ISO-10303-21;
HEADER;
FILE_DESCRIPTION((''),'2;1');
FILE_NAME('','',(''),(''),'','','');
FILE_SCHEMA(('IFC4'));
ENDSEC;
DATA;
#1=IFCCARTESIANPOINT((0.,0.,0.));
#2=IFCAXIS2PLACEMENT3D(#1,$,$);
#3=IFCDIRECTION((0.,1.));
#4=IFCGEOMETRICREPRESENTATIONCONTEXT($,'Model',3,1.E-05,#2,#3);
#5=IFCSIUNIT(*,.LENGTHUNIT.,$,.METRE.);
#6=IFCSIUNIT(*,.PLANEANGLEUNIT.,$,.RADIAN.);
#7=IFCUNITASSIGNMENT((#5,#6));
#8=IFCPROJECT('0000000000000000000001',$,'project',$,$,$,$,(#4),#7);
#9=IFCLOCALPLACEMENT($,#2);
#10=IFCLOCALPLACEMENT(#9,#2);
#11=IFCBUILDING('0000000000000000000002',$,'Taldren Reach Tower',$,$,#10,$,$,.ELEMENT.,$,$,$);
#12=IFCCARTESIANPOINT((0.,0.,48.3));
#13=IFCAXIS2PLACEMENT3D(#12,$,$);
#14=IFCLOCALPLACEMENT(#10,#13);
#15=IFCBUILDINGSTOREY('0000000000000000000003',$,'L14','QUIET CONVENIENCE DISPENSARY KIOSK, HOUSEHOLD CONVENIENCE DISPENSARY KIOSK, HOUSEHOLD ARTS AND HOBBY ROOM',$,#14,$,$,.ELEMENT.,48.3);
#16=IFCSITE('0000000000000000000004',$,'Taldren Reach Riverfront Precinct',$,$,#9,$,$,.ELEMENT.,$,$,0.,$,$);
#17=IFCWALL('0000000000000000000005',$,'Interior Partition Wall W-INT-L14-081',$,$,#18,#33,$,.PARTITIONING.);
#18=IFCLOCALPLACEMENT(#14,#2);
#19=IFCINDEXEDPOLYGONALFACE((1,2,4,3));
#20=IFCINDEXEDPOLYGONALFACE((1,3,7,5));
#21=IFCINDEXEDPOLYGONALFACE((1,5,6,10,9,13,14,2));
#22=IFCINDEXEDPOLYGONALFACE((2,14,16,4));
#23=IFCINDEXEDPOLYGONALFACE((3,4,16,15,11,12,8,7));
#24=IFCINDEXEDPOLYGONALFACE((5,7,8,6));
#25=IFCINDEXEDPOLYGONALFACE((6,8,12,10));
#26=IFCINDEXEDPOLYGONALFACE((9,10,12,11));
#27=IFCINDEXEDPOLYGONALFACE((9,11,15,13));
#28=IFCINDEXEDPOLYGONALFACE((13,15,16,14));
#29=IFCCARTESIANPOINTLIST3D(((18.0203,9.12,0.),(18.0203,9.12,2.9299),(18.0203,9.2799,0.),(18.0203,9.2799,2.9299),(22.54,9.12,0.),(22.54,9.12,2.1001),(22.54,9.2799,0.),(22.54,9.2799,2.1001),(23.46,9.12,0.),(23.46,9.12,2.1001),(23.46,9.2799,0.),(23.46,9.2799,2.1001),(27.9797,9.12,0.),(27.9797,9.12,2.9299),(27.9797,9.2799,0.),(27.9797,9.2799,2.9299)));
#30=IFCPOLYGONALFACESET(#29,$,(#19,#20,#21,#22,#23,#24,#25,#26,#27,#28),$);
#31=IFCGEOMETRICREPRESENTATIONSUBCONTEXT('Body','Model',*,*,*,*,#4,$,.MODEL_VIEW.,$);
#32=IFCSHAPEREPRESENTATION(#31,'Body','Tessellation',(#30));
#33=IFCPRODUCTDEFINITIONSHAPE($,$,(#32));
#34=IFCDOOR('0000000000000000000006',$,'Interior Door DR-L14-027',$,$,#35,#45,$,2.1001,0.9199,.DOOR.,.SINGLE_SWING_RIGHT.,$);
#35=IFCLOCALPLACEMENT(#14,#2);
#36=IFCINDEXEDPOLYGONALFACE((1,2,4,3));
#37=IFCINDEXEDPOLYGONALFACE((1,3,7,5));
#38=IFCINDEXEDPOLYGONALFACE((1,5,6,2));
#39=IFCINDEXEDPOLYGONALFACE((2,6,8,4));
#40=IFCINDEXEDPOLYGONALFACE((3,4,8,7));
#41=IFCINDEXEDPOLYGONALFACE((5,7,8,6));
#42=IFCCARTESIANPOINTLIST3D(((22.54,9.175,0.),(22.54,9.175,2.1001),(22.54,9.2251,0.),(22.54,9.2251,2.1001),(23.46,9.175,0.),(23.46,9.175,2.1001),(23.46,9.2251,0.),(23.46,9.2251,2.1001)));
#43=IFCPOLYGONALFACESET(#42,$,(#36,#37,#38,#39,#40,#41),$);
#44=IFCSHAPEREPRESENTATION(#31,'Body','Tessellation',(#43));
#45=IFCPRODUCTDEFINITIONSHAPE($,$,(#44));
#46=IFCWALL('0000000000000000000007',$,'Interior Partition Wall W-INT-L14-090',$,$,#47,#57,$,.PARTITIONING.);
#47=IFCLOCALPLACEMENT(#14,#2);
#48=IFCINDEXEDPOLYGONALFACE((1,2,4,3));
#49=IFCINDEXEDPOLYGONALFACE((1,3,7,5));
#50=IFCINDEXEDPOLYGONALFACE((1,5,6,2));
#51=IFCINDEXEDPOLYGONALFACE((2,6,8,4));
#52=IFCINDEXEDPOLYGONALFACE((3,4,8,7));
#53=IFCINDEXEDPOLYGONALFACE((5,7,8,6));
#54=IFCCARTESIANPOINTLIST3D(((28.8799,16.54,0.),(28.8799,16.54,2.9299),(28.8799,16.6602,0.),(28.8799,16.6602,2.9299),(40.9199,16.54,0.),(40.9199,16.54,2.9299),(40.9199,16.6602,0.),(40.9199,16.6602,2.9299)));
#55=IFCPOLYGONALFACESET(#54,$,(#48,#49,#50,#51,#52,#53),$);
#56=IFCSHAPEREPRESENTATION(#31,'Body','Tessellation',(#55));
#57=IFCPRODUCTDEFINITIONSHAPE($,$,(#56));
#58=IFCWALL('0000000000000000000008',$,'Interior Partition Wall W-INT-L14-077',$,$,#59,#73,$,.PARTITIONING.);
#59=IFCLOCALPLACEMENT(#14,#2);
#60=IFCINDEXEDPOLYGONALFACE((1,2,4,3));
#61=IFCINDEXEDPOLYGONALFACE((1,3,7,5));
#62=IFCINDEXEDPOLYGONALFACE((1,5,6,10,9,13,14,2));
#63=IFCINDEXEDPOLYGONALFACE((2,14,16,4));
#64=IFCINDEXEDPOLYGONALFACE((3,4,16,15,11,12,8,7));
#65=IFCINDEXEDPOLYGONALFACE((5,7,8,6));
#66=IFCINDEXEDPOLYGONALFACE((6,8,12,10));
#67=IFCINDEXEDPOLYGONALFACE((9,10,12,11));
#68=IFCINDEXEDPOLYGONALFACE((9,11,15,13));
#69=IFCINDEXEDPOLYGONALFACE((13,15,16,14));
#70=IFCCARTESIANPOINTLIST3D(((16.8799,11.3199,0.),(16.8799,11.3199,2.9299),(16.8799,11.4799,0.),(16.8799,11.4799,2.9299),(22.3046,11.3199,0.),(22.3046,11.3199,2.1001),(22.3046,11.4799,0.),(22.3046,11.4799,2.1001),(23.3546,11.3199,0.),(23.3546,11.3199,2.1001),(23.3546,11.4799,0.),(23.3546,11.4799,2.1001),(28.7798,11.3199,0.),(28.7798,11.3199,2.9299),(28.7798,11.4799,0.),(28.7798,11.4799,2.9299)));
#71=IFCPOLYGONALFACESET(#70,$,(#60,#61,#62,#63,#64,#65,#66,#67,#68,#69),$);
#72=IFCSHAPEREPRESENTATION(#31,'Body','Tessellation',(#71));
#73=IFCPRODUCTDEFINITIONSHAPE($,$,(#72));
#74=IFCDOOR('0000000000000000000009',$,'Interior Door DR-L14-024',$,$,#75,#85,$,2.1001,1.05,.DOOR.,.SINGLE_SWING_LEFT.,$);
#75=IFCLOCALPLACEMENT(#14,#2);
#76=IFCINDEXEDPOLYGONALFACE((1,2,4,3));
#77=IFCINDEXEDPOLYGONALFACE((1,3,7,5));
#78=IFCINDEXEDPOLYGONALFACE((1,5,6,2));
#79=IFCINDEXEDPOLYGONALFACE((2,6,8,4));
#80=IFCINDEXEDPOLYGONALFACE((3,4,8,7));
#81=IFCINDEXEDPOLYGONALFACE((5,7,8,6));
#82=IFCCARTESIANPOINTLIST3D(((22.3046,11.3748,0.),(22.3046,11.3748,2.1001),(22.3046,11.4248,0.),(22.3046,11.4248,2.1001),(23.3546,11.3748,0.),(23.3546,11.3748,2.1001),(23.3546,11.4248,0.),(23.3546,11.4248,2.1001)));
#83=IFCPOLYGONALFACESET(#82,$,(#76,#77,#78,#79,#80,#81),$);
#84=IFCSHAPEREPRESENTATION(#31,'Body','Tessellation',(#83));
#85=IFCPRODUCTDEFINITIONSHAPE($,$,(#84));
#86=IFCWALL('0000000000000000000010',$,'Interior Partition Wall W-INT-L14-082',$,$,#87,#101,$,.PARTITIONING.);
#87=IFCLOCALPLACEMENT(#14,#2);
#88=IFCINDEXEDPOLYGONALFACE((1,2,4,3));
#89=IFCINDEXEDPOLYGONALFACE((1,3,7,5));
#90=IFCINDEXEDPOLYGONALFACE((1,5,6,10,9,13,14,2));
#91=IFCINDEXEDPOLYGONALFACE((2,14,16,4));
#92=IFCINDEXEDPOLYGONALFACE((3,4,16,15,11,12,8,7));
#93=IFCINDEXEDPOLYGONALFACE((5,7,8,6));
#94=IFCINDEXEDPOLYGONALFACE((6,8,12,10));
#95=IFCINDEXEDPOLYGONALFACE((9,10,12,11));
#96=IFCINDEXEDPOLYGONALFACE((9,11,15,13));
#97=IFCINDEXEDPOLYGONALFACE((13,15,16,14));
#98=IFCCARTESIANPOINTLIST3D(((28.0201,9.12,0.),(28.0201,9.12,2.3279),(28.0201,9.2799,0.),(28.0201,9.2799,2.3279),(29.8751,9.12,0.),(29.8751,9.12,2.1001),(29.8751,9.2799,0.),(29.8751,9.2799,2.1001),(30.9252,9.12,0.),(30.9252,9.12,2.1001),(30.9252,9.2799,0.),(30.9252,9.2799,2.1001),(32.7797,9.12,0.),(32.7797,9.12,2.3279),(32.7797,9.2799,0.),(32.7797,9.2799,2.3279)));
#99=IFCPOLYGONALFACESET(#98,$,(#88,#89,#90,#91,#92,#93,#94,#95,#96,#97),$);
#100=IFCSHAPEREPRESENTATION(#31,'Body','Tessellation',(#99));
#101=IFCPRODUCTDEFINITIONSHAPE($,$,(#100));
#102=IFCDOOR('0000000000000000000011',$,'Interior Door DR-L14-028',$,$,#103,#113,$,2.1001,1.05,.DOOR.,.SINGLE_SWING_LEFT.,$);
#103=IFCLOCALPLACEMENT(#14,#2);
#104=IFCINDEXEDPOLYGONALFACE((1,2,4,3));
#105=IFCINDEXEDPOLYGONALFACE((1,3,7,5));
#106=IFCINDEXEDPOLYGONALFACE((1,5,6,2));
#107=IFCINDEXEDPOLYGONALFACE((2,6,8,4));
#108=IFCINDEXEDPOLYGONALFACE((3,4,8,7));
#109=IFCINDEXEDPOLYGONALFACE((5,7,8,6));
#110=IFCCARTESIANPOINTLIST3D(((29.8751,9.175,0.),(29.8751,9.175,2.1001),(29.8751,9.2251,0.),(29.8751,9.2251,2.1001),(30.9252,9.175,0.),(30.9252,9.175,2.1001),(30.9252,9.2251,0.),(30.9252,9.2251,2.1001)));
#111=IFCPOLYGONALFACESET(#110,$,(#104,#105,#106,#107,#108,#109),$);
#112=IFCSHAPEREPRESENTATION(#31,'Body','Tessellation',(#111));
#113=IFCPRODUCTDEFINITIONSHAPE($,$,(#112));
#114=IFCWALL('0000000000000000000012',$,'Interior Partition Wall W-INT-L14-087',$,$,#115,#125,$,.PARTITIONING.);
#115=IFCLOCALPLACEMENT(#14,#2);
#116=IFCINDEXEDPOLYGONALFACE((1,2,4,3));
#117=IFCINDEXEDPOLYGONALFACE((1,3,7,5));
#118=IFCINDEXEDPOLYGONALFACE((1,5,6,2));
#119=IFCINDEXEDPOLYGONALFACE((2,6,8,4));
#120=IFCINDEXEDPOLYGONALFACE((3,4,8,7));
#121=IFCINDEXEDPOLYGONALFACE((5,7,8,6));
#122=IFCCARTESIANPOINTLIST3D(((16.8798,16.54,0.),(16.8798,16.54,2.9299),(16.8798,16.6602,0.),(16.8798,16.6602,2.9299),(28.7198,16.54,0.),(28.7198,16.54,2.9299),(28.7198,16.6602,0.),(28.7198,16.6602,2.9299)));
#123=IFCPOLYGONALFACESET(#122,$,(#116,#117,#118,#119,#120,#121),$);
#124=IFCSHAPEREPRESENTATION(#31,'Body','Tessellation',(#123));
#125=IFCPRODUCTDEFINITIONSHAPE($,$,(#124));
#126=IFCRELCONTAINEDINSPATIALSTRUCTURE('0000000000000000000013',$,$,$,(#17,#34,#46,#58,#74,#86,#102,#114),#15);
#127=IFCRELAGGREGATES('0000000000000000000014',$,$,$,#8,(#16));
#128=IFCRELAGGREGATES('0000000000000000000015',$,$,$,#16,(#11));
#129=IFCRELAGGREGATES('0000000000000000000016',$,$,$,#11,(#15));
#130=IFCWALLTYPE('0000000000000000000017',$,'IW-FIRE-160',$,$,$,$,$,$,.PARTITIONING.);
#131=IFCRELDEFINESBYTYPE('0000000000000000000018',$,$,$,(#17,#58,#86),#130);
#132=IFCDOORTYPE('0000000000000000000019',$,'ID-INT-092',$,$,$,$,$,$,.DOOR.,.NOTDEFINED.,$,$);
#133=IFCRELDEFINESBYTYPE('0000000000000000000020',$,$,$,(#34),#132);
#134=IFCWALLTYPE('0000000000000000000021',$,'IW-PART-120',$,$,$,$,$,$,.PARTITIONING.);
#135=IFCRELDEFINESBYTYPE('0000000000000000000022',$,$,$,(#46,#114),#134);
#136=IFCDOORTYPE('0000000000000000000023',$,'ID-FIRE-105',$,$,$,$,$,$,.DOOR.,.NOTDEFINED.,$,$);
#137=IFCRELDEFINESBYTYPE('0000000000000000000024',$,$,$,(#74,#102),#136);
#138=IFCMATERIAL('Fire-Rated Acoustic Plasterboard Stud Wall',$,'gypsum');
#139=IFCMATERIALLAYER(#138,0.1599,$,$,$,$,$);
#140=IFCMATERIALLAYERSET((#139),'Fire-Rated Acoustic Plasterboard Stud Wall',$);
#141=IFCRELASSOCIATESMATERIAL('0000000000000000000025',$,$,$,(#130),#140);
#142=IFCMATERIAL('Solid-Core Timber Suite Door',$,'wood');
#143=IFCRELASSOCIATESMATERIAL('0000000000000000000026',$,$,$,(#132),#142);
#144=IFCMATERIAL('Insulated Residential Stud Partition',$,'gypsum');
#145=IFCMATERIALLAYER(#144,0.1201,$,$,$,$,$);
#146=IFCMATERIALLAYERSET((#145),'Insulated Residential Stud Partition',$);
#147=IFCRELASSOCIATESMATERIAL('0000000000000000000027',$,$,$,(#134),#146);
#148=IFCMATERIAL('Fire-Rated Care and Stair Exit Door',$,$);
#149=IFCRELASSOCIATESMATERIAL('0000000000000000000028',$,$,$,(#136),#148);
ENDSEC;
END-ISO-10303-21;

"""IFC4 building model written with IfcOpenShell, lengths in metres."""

from ifc_helpers import new_model, si_unit, direction, frame, frame_2d, origin, place, context, subcontext, project, spatial, rectangle, extrude, source, transform, mapped, material, layer, layer_set, type_object, element, fill, save


model = new_model("IFC4")

# Units and contexts
model_context = context("Model", 3, precision=1e-05, world=origin(), true_north=direction((0.0, 1.0)))
body_context = subcontext(model_context, "Body", "Model", "MODEL_VIEW")
ifc_project = project(units=[si_unit("LENGTHUNIT", "METRE"), si_unit("PLANEANGLEUNIT", "RADIAN")], contexts=[model_context])

# Site, building, storey
site_placement = place(None, origin())
site = spatial("IfcSite", under=ifc_project, at=site_placement, Name="Taldren Reach Riverfront Precinct", CompositionType="ELEMENT", RefElevation=0.0)
building_placement = place(site_placement, origin())
building = spatial("IfcBuilding", under=site, at=building_placement, Name="Taldren Reach Tower", CompositionType="ELEMENT")
storey_placement = place(building_placement, frame((0.0, 0.0, 48.3)))
storey = spatial("IfcBuildingStorey", under=building, at=storey_placement, Name="L14", Description="QUIET CONVENIENCE DISPENSARY KIOSK, HOUSEHOLD CONVENIENCE DISPENSARY KIOSK, HOUSEHOLD ARTS AND HOBBY ROOM", CompositionType="ELEMENT", Elevation=48.3)

# Shared definitions
ifc_material_1 = material(Name="Fire-Rated Acoustic Plasterboard Stud Wall", Category="gypsum")
ifc_layer_1 = layer(ifc_material_1, 0.1599)
ifc_layer_set_1 = layer_set([ifc_layer_1], Name="Fire-Rated Acoustic Plasterboard Stud Wall")
wall_type_1 = type_object("IfcWallType", Name="IW-FIRE-160", PredefinedType="PARTITIONING", material=ifc_layer_set_1)
shared_shape_1 = source(origin(), body_context, "Body", "SweptSolid", [
    extrude(rectangle(XDim=0.9199, YDim=2.1001, at=frame_2d((0.46, 1.05))), frame((0.0, 0.0898, 0.0), z_axis=(0.0, -1.0, 0.0), x_axis=(1.0, 0.0, 0.0)), (0.0, 0.0, 1.0), 0.1799),
])
ifc_material_2 = material(Name="Solid-Core Timber Suite Door", Category="wood")
door_type_1 = type_object("IfcDoorType", Name="ID-INT-092", OperationType="NOTDEFINED", PredefinedType="DOOR", material=ifc_material_2)
shared_shape_2 = source(origin(), body_context, "Body", "SweptSolid", [
    extrude(rectangle(XDim=0.9199, YDim=2.1001, at=frame_2d((0.46, 1.05))), frame((0.0, 0.0249, 0.0), z_axis=(0.0, -1.0, 0.0), x_axis=(1.0, 0.0, 0.0)), (0.0, 0.0, 1.0), 0.05),
])

# Shared definitions
ifc_material_3 = material(Name="Insulated Residential Stud Partition", Category="gypsum")
ifc_layer_2 = layer(ifc_material_3, 0.1201)
ifc_layer_set_2 = layer_set([ifc_layer_2], Name="Insulated Residential Stud Partition")
wall_type_2 = type_object("IfcWallType", Name="IW-PART-120", PredefinedType="PARTITIONING", material=ifc_layer_set_2)

# Wall, opening, door
shared_shape_3 = source(origin(), body_context, "Body", "SweptSolid", [
    extrude(rectangle(XDim=1.05, YDim=2.1001, at=frame_2d((0.5249, 1.05))), frame((0.0, 0.0898, 0.0), z_axis=(0.0, -1.0, 0.0), x_axis=(1.0, 0.0, 0.0)), (0.0, 0.0, 1.0), 0.1799),
])
ifc_material_4 = material(Name="Fire-Rated Care and Stair Exit Door")
door_type_2 = type_object("IfcDoorType", Name="ID-FIRE-105", OperationType="NOTDEFINED", PredefinedType="DOOR", material=ifc_material_4)
shared_shape_4 = source(origin(), body_context, "Body", "SweptSolid", [
    extrude(rectangle(XDim=1.05, YDim=2.1001, at=frame_2d((0.5249, 1.05))), frame((0.0, 0.0249, 0.0), z_axis=(0.0, -1.0, 0.0), x_axis=(1.0, 0.0, 0.0)), (0.0, 0.0, 1.0), 0.05),
])
shared_shape_5 = source(origin(), body_context, "Body", "SweptSolid", [
    extrude(rectangle(XDim=9.9595, YDim=0.1599, at=frame_2d((4.9797, 0.0))), origin(), (0.0, 0.0, 1.0), 2.9299),
])
wall_1_placement = place(storey_placement, frame((27.9797, 9.2, 0.0), z_axis=(0.0, 0.0, 1.0), x_axis=(-1.0, 0.0, 0.0)))
wall_1 = element("IfcWall", 1, at=wall_1_placement, inside=storey, type_object=wall_type_1, Name="Interior Partition Wall W-INT-L14-081", PredefinedType="PARTITIONING", context=body_context, shape_type="MappedRepresentation", body=[
    mapped(shared_shape_5, transform((0.0, 0.0, 0.0), scale=1.0)),
])
opening_1_placement = place(wall_1_placement, frame((4.5198, 0.0, 0.0)))
opening_1 = element("IfcOpeningElement", 2, at=opening_1_placement, cuts=wall_1, PredefinedType="OPENING", context=body_context, shape_type="MappedRepresentation", body=[
    mapped(shared_shape_1, transform((0.0, 0.0, 0.0), scale=1.0)),
])
door_1_placement = place(opening_1_placement, origin())
door_1 = element("IfcDoor", 3, at=door_1_placement, inside=storey, type_object=door_type_1, Name="Interior Door DR-L14-027", OperationType="SINGLE_SWING_RIGHT", OverallHeight=2.1001, OverallWidth=0.9199, PredefinedType="DOOR", context=body_context, shape_type="MappedRepresentation", body=[
    mapped(shared_shape_2, transform((0.0, 0.0, 0.0), scale=1.0)),
])
fill(opening_1, door_1)

# Wall
shared_shape_6 = source(origin(), body_context, "Body", "SweptSolid", [
    extrude(rectangle(XDim=12.04, YDim=0.1201, at=frame_2d((6.02, 0.0))), origin(), (0.0, 0.0, 1.0), 2.9299),
])
wall_2_placement = place(storey_placement, frame((28.8799, 16.6001, 0.0), z_axis=(0.0, 0.0, 1.0), x_axis=(1.0, 0.0, 0.0)))
element("IfcWall", 4, at=wall_2_placement, inside=storey, type_object=wall_type_2, Name="Interior Partition Wall W-INT-L14-090", PredefinedType="PARTITIONING", context=body_context, shape_type="MappedRepresentation", body=[
    mapped(shared_shape_6, transform((0.0, 0.0, 0.0), scale=1.0)),
])

# Walls, openings, doors
shared_shape_7 = source(origin(), body_context, "Body", "SweptSolid", [
    extrude(rectangle(XDim=11.8999, YDim=0.1599, at=frame_2d((5.95, 0.0))), origin(), (0.0, 0.0, 1.0), 2.9299),
])
wall_3_placement = place(storey_placement, frame((16.8799, 11.3999, 0.0), z_axis=(0.0, 0.0, 1.0), x_axis=(1.0, 0.0, 0.0)))
wall_3 = element("IfcWall", 5, at=wall_3_placement, inside=storey, type_object=wall_type_1, Name="Interior Partition Wall W-INT-L14-077", PredefinedType="PARTITIONING", context=body_context, shape_type="MappedRepresentation", body=[
    mapped(shared_shape_7, transform((0.0, 0.0, 0.0), scale=1.0)),
])
opening_2_placement = place(wall_3_placement, frame((5.4248, 0.0, 0.0)))
opening_2 = element("IfcOpeningElement", 6, at=opening_2_placement, cuts=wall_3, PredefinedType="OPENING", context=body_context, shape_type="MappedRepresentation", body=[
    mapped(shared_shape_3, transform((0.0, 0.0, 0.0), scale=1.0)),
])
door_2_placement = place(opening_2_placement, origin())
door_2 = element("IfcDoor", 7, at=door_2_placement, inside=storey, type_object=door_type_2, Name="Interior Door DR-L14-024", OperationType="SINGLE_SWING_LEFT", OverallHeight=2.1001, OverallWidth=1.05, PredefinedType="DOOR", context=body_context, shape_type="MappedRepresentation", body=[
    mapped(shared_shape_4, transform((0.0, 0.0, 0.0), scale=1.0)),
])
fill(opening_2, door_2)
shared_shape_8 = source(origin(), body_context, "Body", "SweptSolid", [
    extrude(rectangle(XDim=4.7595, YDim=0.1599, at=frame_2d((2.3799, 0.0))), origin(), (0.0, 0.0, 1.0), 2.3279),
])
wall_4_placement = place(storey_placement, frame((32.7798, 9.2, 0.0), z_axis=(0.0, 0.0, 1.0), x_axis=(-1.0, 0.0, 0.0)))
wall_4 = element("IfcWall", 8, at=wall_4_placement, inside=storey, type_object=wall_type_1, Name="Interior Partition Wall W-INT-L14-082", PredefinedType="PARTITIONING", context=body_context, shape_type="MappedRepresentation", body=[
    mapped(shared_shape_8, transform((0.0, 0.0, 0.0), scale=1.0)),
])
opening_3_placement = place(wall_4_placement, frame((1.8547, 0.0, 0.0)))
opening_3 = element("IfcOpeningElement", 9, at=opening_3_placement, cuts=wall_4, PredefinedType="OPENING", context=body_context, shape_type="MappedRepresentation", body=[
    mapped(shared_shape_3, transform((0.0, 0.0, 0.0), scale=1.0)),
])
door_3_placement = place(opening_3_placement, origin())
door_3 = element("IfcDoor", 10, at=door_3_placement, inside=storey, type_object=door_type_2, Name="Interior Door DR-L14-028", OperationType="SINGLE_SWING_LEFT", OverallHeight=2.1001, OverallWidth=1.05, PredefinedType="DOOR", context=body_context, shape_type="MappedRepresentation", body=[
    mapped(shared_shape_4, transform((0.0, 0.0, 0.0), scale=1.0)),
])
fill(opening_3, door_3)

# Wall
shared_shape_9 = source(origin(), body_context, "Body", "SweptSolid", [
    extrude(rectangle(XDim=11.8401, YDim=0.1201, at=frame_2d((5.9199, 0.0))), origin(), (0.0, 0.0, 1.0), 2.9299),
])
wall_5_placement = place(storey_placement, frame((16.8799, 16.6001, 0.0), z_axis=(0.0, 0.0, 1.0), x_axis=(1.0, 0.0, 0.0)))
element("IfcWall", 11, at=wall_5_placement, inside=storey, type_object=wall_type_2, Name="Interior Partition Wall W-INT-L14-087", PredefinedType="PARTITIONING", context=body_context, shape_type="MappedRepresentation", body=[
    mapped(shared_shape_9, transform((0.0, 0.0, 0.0), scale=1.0)),
])

save(model, "model.ifc")
